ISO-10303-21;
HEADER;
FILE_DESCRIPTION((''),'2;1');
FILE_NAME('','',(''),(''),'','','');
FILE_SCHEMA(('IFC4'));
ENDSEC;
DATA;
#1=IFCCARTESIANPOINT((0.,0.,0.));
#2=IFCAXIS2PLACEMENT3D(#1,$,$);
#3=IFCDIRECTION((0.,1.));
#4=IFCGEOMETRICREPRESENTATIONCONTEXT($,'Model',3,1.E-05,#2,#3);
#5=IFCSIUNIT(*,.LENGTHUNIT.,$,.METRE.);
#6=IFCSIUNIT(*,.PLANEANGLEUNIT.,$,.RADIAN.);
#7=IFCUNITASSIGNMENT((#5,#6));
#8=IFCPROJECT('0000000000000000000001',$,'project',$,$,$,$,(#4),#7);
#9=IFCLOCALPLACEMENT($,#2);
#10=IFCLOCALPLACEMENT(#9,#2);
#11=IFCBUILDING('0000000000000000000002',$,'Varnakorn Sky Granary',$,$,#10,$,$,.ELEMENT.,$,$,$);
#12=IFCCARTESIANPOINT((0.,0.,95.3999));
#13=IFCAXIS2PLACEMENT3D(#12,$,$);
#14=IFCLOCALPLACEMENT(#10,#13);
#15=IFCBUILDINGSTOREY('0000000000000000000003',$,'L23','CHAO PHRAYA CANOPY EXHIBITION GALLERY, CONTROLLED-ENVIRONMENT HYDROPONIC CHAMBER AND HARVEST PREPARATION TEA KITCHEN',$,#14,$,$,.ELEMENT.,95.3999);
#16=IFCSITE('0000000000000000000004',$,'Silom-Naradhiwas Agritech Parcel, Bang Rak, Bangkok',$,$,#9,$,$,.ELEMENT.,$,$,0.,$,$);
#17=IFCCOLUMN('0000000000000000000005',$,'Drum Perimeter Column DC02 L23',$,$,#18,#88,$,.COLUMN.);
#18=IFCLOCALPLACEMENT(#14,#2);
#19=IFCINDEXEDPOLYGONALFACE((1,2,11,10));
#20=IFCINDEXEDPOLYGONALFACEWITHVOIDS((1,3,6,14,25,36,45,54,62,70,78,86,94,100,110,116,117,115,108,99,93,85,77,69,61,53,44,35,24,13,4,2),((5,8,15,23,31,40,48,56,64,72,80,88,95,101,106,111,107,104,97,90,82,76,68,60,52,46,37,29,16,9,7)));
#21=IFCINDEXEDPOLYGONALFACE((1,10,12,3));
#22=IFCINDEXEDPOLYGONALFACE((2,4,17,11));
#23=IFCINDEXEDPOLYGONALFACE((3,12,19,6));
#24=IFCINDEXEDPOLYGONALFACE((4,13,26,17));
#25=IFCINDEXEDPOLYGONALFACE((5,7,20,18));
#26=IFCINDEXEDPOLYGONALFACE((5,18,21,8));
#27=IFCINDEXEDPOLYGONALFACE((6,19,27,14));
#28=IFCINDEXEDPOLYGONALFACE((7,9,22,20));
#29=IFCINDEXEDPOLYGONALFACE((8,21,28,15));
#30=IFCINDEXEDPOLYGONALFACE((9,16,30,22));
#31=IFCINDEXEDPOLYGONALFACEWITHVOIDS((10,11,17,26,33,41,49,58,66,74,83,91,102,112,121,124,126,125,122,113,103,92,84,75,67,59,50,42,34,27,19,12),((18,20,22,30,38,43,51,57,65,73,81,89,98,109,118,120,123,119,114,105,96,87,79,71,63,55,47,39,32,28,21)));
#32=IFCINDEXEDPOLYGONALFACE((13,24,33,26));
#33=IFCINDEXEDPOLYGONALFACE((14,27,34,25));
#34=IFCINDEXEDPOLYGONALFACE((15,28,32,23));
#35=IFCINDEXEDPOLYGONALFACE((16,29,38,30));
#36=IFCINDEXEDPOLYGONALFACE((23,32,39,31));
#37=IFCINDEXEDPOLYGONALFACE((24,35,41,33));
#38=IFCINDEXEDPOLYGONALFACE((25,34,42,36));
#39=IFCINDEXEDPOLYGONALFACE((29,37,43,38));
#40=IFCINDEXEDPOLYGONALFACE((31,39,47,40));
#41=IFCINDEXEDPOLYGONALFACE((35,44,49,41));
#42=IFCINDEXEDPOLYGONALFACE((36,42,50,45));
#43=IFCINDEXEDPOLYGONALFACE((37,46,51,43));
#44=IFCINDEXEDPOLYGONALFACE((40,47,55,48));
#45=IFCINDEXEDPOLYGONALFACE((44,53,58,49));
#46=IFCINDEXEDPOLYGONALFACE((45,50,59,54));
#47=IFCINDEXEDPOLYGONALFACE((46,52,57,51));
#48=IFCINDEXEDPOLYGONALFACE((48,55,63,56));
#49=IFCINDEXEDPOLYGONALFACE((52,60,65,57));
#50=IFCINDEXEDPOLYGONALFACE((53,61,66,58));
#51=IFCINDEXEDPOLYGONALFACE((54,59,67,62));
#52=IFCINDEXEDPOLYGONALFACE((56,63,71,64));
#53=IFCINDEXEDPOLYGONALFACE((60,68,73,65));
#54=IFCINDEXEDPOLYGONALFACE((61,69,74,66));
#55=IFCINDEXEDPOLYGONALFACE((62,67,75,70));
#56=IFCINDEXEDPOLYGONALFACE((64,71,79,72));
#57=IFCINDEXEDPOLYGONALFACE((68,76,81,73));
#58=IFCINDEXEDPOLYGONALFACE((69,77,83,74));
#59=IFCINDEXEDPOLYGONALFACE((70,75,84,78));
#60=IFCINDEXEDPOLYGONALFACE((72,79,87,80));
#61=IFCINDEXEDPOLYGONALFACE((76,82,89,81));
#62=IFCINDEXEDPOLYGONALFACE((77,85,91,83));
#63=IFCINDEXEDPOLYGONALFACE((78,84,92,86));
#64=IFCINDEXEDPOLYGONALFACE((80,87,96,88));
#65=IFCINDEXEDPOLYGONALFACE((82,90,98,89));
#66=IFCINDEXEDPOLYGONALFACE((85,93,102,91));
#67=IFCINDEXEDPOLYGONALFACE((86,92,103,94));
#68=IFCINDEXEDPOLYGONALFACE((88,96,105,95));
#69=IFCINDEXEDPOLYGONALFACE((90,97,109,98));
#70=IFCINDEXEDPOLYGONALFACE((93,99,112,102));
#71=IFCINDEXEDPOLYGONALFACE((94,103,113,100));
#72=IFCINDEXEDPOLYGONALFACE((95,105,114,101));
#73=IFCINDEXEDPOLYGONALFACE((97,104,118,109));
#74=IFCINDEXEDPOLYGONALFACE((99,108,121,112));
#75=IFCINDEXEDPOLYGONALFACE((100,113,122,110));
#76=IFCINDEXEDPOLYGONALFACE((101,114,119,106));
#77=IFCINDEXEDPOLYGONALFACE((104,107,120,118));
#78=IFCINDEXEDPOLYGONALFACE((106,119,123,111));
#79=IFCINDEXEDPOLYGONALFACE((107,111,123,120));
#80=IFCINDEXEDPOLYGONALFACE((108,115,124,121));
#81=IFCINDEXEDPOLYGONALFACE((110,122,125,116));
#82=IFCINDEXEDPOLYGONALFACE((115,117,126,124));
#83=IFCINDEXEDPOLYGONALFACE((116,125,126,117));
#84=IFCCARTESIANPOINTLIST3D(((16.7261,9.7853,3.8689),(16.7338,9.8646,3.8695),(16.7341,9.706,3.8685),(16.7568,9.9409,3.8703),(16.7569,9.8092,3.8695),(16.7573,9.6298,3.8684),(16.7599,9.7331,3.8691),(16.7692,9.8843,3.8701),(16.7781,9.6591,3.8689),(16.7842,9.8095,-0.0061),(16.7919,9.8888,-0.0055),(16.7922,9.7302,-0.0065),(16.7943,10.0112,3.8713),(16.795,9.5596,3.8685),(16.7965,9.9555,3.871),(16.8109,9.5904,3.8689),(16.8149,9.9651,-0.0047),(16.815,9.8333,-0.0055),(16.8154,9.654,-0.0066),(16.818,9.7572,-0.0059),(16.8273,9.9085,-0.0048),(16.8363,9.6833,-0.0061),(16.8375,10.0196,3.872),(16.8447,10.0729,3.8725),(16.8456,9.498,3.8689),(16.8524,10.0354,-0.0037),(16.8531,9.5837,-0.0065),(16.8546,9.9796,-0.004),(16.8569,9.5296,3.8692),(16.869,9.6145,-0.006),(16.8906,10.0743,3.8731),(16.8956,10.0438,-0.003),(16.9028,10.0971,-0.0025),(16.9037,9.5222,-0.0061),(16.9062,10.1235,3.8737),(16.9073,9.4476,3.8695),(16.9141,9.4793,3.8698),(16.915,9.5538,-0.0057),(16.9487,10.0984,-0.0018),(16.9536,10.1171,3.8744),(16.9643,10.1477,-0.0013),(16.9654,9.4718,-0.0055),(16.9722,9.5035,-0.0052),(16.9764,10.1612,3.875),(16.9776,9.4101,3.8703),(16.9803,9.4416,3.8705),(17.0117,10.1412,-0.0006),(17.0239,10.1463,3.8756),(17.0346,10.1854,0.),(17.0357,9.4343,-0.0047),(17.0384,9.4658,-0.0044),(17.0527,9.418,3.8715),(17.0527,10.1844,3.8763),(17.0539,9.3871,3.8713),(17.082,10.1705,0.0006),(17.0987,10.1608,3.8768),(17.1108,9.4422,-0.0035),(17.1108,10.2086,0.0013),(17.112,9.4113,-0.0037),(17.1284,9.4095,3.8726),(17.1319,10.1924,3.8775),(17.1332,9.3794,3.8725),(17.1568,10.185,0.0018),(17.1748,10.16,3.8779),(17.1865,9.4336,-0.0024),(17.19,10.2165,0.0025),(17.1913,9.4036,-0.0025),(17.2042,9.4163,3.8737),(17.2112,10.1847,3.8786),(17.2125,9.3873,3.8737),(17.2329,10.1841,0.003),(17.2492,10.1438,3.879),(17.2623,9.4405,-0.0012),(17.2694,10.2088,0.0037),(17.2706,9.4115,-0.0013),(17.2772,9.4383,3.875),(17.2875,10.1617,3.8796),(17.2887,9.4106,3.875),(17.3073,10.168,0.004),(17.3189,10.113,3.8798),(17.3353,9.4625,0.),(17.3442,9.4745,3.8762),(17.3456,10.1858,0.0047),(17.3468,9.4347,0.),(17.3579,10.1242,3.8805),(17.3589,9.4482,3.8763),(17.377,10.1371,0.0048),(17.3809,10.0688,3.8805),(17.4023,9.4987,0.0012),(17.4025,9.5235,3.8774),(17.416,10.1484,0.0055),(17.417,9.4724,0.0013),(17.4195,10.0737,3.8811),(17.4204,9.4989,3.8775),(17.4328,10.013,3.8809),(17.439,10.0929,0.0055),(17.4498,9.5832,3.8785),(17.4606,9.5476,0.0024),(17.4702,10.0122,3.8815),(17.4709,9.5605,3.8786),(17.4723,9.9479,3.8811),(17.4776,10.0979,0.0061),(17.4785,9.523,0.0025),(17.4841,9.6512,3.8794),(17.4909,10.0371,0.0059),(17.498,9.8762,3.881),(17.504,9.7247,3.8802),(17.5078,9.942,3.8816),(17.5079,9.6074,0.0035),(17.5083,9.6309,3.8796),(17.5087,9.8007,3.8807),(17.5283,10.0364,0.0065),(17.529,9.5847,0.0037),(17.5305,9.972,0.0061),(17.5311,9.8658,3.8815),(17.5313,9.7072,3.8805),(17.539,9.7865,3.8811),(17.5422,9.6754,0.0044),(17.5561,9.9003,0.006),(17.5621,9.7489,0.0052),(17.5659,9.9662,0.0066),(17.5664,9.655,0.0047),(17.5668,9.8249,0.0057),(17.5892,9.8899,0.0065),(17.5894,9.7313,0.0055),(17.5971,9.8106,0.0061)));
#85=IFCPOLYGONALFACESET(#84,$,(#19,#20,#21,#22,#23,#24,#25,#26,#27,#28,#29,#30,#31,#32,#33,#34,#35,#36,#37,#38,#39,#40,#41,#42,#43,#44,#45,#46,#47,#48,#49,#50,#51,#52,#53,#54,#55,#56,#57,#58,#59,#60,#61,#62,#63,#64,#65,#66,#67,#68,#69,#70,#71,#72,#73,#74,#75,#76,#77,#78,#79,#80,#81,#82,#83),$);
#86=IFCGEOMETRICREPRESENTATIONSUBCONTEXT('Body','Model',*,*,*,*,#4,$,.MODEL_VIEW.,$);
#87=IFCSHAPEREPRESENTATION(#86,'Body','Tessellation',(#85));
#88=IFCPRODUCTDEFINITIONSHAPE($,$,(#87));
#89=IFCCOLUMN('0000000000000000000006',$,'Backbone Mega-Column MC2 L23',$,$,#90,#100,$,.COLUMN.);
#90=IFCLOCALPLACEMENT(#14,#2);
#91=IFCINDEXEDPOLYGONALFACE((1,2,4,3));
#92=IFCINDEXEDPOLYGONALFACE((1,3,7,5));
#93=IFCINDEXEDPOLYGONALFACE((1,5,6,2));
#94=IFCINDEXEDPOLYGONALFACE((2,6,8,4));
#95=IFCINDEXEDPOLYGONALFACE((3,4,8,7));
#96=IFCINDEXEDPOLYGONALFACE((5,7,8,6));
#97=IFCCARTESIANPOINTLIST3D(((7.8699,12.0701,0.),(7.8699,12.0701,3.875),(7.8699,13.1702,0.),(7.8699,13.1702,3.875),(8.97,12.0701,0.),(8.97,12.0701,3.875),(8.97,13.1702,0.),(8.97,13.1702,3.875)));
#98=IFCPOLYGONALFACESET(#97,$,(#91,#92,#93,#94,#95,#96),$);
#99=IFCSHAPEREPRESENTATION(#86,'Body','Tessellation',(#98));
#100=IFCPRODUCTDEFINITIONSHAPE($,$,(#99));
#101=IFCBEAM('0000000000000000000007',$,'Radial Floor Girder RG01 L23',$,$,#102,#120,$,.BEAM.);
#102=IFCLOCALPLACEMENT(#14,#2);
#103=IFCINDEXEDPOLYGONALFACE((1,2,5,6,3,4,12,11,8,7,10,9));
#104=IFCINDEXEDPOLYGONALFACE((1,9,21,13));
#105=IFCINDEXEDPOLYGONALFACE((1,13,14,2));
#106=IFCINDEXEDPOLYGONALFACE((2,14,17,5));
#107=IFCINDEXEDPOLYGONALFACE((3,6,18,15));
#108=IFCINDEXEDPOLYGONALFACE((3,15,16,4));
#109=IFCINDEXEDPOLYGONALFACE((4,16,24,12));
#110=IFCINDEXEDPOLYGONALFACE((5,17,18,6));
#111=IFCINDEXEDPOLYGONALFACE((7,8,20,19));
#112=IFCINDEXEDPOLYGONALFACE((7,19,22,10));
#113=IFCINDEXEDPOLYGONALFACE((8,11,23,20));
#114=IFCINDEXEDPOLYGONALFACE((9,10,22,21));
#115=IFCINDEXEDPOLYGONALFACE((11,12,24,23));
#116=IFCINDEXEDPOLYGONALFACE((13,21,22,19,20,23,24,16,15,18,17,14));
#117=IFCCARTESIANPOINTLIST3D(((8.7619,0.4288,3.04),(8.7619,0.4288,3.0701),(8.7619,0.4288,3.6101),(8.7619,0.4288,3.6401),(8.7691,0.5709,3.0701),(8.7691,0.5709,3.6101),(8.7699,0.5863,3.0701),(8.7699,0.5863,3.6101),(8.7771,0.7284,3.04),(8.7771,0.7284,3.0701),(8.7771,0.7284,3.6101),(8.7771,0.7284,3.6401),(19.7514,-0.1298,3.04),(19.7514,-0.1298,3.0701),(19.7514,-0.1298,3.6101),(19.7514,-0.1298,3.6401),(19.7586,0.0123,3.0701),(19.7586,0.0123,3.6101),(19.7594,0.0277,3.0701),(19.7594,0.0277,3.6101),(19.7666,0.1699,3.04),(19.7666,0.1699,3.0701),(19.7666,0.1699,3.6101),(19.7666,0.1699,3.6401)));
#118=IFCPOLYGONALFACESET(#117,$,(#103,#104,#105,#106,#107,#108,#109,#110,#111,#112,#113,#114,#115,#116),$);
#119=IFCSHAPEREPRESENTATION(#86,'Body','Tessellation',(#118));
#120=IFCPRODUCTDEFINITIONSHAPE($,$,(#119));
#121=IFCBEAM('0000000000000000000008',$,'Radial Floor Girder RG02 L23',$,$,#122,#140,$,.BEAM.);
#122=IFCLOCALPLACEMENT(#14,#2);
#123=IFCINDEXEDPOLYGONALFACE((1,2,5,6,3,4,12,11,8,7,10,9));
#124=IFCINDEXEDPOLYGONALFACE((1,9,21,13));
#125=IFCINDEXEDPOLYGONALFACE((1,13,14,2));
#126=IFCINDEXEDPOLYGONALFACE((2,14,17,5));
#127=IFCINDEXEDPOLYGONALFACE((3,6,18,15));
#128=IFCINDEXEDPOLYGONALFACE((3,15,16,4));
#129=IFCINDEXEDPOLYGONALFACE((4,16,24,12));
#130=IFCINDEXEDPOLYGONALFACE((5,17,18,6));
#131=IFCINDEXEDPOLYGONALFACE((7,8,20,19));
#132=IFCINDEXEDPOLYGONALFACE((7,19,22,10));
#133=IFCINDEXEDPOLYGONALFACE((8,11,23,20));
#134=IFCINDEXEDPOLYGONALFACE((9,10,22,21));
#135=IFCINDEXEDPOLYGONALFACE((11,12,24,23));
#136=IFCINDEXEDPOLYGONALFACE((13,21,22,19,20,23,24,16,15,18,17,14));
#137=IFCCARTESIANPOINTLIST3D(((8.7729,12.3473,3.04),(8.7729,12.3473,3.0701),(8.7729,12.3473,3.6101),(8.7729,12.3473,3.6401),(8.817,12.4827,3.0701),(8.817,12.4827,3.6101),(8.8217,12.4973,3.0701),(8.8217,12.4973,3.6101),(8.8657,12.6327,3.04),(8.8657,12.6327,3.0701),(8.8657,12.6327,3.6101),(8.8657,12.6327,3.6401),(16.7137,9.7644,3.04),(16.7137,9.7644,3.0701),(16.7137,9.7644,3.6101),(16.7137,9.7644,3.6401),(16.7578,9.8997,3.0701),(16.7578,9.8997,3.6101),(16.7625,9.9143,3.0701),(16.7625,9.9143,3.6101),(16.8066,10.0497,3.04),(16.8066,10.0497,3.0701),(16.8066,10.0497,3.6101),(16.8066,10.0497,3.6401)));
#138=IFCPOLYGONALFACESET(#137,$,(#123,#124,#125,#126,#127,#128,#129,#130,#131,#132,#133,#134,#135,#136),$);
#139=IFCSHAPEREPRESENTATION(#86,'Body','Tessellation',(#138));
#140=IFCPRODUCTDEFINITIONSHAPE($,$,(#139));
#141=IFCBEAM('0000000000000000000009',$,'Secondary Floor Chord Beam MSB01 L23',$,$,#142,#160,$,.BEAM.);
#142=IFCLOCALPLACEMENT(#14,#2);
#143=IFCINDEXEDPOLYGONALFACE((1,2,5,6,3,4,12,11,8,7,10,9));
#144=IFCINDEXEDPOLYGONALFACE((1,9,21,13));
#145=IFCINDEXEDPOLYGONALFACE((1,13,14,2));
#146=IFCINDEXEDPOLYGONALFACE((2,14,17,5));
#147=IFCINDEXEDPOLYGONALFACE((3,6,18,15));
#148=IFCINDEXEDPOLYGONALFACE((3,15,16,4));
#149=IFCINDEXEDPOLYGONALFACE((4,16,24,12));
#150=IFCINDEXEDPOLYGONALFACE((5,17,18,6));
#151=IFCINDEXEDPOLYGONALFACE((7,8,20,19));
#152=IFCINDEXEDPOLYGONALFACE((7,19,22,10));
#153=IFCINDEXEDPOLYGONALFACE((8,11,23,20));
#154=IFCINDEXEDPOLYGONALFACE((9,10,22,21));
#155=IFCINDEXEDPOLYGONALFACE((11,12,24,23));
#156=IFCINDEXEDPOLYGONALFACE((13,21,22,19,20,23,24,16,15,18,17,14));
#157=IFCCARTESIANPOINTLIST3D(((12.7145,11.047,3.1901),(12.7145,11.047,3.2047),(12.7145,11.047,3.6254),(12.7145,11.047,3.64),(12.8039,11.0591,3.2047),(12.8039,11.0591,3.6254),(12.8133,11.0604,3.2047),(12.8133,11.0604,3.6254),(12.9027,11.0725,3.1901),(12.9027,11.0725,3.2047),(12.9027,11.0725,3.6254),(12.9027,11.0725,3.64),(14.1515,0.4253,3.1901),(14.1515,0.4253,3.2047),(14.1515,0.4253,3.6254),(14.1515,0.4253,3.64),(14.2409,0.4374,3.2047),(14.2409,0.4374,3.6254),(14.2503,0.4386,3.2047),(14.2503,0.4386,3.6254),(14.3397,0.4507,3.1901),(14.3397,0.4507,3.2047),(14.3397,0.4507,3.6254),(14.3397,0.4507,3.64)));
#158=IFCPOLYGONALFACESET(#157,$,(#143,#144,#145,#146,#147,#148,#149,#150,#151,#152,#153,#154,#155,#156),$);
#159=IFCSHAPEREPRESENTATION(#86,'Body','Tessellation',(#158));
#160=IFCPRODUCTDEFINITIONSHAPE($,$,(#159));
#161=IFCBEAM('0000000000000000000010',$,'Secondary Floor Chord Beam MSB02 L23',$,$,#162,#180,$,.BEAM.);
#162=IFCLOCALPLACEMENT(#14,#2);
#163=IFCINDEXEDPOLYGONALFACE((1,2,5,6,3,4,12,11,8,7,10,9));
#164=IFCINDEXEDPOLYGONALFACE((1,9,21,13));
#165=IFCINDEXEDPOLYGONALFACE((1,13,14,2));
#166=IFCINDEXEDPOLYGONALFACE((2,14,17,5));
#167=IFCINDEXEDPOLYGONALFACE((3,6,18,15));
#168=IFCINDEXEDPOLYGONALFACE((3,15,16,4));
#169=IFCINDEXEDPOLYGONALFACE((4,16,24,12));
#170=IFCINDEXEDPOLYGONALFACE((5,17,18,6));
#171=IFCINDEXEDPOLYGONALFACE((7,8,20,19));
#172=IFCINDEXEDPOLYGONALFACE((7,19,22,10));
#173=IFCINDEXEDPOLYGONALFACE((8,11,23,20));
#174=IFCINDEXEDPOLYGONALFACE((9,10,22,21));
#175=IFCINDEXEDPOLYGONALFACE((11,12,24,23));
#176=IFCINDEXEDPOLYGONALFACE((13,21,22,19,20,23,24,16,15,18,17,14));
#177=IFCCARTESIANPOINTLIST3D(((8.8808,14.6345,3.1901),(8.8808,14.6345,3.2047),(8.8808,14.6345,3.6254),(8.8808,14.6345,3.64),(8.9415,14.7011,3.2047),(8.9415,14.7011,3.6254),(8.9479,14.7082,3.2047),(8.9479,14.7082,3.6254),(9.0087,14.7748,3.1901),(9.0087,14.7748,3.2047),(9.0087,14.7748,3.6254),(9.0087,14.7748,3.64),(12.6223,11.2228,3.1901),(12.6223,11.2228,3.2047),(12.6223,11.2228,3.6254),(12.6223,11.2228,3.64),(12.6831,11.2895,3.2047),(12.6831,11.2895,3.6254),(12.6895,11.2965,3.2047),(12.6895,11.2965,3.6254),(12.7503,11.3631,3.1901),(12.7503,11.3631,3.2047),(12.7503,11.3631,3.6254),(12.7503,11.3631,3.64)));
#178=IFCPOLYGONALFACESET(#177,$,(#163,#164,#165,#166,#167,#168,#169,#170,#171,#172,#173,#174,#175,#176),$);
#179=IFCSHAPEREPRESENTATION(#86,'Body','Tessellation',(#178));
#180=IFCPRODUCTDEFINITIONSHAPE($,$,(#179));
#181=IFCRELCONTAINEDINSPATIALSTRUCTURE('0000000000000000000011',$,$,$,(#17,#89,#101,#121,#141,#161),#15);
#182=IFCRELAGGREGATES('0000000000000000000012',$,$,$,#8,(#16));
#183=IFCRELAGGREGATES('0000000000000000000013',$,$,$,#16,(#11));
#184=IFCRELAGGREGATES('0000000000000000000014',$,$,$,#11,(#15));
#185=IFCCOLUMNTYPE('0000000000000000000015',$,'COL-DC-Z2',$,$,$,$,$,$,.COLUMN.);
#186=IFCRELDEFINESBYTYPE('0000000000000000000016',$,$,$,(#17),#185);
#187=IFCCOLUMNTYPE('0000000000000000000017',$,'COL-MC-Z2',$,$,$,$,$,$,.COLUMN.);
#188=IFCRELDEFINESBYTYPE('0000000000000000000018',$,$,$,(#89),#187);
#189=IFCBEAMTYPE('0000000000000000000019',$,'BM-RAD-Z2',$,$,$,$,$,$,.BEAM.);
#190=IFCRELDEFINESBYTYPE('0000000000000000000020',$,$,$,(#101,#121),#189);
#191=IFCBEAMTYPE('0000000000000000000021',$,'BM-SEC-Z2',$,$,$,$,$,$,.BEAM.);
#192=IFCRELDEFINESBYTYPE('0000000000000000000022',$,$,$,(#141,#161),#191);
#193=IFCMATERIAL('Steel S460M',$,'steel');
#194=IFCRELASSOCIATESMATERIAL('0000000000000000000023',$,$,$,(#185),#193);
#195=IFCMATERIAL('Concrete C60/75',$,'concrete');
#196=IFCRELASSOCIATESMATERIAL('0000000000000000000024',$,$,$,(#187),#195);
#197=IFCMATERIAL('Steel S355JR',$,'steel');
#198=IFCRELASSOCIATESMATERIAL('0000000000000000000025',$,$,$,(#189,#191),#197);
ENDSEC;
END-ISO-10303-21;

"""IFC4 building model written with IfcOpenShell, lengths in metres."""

from ifc_helpers import new_model, si_unit, direction, frame, origin, origin_2d, place, context, subcontext, project, spatial, rectangle, hollow_circle, i_section, extrude, material, material_profile, profile_set, type_object, element, save


model = new_model("IFC4")

# Units and contexts
model_context = context("Model", 3, precision=1e-05, world=origin(), true_north=direction((0.0, 1.0)))
body_context = subcontext(model_context, "Body", "Model", "MODEL_VIEW")
ifc_project = project(units=[si_unit("LENGTHUNIT", "METRE"), si_unit("PLANEANGLEUNIT", "RADIAN")], contexts=[model_context])

# Site, building, storey
site_placement = place(None, origin())
site = spatial("IfcSite", under=ifc_project, at=site_placement, Name="Silom-Naradhiwas Agritech Parcel, Bang Rak, Bangkok", CompositionType="ELEMENT", RefElevation=0.0)
building_placement = place(site_placement, origin())
building = spatial("IfcBuilding", under=site, at=building_placement, Name="Varnakorn Sky Granary", CompositionType="ELEMENT")
storey_placement = place(building_placement, frame((0.0, 0.0, 95.3999)))
storey = spatial("IfcBuildingStorey", under=building, at=storey_placement, Name="L23", Description="CHAO PHRAYA CANOPY EXHIBITION GALLERY, CONTROLLED-ENVIRONMENT HYDROPONIC CHAMBER AND HARVEST PREPARATION TEA KITCHEN", CompositionType="ELEMENT", Elevation=95.3999)

# Columns
ifc_material_1 = material(Name="Steel S460M", Category="steel")
ifc_material_profile_1 = material_profile(ifc_material_1, hollow_circle(Radius=0.4065, WallThickness=0.03, at=origin_2d()), Name="CHS 813x30")
ifc_profile_set_1 = profile_set([ifc_material_profile_1], Name="Steel S460M")
column_type_1 = type_object("IfcColumnType", Name="COL-DC-Z2", PredefinedType="COLUMN", material=ifc_profile_set_1)
column_1_placement = place(storey_placement, frame((17.1907, 9.8101, 0.0), z_axis=(-0.014993, -0.006237, 0.999868), x_axis=(0.384064, -0.923306, 0.0)))
element("IfcColumn", 1, at=column_1_placement, inside=storey, type_object=column_type_1, Name="Drum Perimeter Column DC02 L23", PredefinedType="COLUMN", context=body_context, shape_type="SweptSolid", body=[
    extrude(hollow_circle(Radius=0.4065, WallThickness=0.03, at=origin_2d()), origin(), (0.0, 0.0, 1.0), 3.8755),
])
ifc_material_2 = material(Name="Concrete C60/75", Category="concrete")
ifc_material_profile_2 = material_profile(ifc_material_2, rectangle(XDim=1.1001, YDim=1.1001, at=origin_2d()), Name="RC 1100x1100")
ifc_profile_set_2 = profile_set([ifc_material_profile_2], Name="Concrete C60/75")
column_type_2 = type_object("IfcColumnType", Name="COL-MC-Z2", PredefinedType="COLUMN", material=ifc_profile_set_2)
column_2_placement = place(storey_placement, frame((8.4199, 12.6201, 0.0), z_axis=(0.0, 0.0, 1.0), x_axis=(1.0, 0.0, 0.0)))
element("IfcColumn", 2, at=column_2_placement, inside=storey, type_object=column_type_2, Name="Backbone Mega-Column MC2 L23", PredefinedType="COLUMN", context=body_context, shape_type="SweptSolid", body=[
    extrude(rectangle(XDim=1.1001, YDim=1.1001, at=origin_2d()), origin(), (0.0, 0.0, 1.0), 3.875),
])

# Beams
ifc_material_3 = material(Name="Steel S355JR", Category="steel")
ifc_material_profile_3 = material_profile(ifc_material_3, i_section(OverallWidth=0.3, OverallDepth=0.6001, WebThickness=0.0154, FlangeThickness=0.03, at=origin_2d()), Name="HE 600 B")
ifc_profile_set_3 = profile_set([ifc_material_profile_3], Name="Steel S355JR")
beam_type_1 = type_object("IfcBeamType", Name="BM-RAD-Z2", PredefinedType="BEAM", material=ifc_profile_set_3)
beam_1_placement = place(storey_placement, frame((8.7695, 0.5786, 3.3401), z_axis=(0.998711, -0.050764, 0.0), x_axis=(0.050764, 0.998711, 0.0)))
element("IfcBeam", 3, at=beam_1_placement, inside=storey, type_object=beam_type_1, Name="Radial Floor Girder RG01 L23", PredefinedType="BEAM", context=body_context, shape_type="SweptSolid", body=[
    extrude(i_section(OverallWidth=0.3, OverallDepth=0.6001, WebThickness=0.0154, FlangeThickness=0.03, at=origin_2d()), origin(), (0.0, 0.0, 1.0), 11.0037),
])
beam_2_placement = place(storey_placement, frame((8.8193, 12.49, 3.3401), z_axis=(0.950956, -0.309325, 0.0), x_axis=(0.309325, 0.950956, 0.0)))
element("IfcBeam", 4, at=beam_2_placement, inside=storey, type_object=beam_type_1, Name="Radial Floor Girder RG02 L23", PredefinedType="BEAM", context=body_context, shape_type="SweptSolid", body=[
    extrude(i_section(OverallWidth=0.3, OverallDepth=0.6001, WebThickness=0.0154, FlangeThickness=0.03, at=origin_2d()), origin(), (0.0, 0.0, 1.0), 8.3503),
])
ifc_material_profile_4 = material_profile(ifc_material_3, i_section(OverallWidth=0.1899, OverallDepth=0.45, WebThickness=0.0095, FlangeThickness=0.0146, at=origin_2d()), Name="IPE 450")
ifc_profile_set_4 = profile_set([ifc_material_profile_4], Name="Steel S355JR")
beam_type_2 = type_object("IfcBeamType", Name="BM-SEC-Z2", PredefinedType="BEAM", material=ifc_profile_set_4)
beam_3_placement = place(storey_placement, frame((14.2456, 0.438, 3.415), z_axis=(-0.134067, 0.990972, 0.0), x_axis=(-0.990972, -0.134067, 0.0)))
element("IfcBeam", 5, at=beam_3_placement, inside=storey, type_object=beam_type_2, Name="Secondary Floor Chord Beam MSB01 L23", PredefinedType="BEAM", context=body_context, shape_type="SweptSolid", body=[
    extrude(i_section(OverallWidth=0.1899, OverallDepth=0.45, WebThickness=0.0095, FlangeThickness=0.0146, at=origin_2d()), origin(), (0.0, 0.0, 1.0), 10.7185),
])
beam_4_placement = place(storey_placement, frame((12.6863, 11.293, 3.415), z_axis=(-0.738927, 0.673786, 0.0), x_axis=(-0.673786, -0.738927, 0.0)))
element("IfcBeam", 6, at=beam_4_placement, inside=storey, type_object=beam_type_2, Name="Secondary Floor Chord Beam MSB02 L23", PredefinedType="BEAM", context=body_context, shape_type="SweptSolid", body=[
    extrude(i_section(OverallWidth=0.1899, OverallDepth=0.45, WebThickness=0.0095, FlangeThickness=0.0146, at=origin_2d()), origin(), (0.0, 0.0, 1.0), 5.0635),
])

save(model, "model.ifc")
